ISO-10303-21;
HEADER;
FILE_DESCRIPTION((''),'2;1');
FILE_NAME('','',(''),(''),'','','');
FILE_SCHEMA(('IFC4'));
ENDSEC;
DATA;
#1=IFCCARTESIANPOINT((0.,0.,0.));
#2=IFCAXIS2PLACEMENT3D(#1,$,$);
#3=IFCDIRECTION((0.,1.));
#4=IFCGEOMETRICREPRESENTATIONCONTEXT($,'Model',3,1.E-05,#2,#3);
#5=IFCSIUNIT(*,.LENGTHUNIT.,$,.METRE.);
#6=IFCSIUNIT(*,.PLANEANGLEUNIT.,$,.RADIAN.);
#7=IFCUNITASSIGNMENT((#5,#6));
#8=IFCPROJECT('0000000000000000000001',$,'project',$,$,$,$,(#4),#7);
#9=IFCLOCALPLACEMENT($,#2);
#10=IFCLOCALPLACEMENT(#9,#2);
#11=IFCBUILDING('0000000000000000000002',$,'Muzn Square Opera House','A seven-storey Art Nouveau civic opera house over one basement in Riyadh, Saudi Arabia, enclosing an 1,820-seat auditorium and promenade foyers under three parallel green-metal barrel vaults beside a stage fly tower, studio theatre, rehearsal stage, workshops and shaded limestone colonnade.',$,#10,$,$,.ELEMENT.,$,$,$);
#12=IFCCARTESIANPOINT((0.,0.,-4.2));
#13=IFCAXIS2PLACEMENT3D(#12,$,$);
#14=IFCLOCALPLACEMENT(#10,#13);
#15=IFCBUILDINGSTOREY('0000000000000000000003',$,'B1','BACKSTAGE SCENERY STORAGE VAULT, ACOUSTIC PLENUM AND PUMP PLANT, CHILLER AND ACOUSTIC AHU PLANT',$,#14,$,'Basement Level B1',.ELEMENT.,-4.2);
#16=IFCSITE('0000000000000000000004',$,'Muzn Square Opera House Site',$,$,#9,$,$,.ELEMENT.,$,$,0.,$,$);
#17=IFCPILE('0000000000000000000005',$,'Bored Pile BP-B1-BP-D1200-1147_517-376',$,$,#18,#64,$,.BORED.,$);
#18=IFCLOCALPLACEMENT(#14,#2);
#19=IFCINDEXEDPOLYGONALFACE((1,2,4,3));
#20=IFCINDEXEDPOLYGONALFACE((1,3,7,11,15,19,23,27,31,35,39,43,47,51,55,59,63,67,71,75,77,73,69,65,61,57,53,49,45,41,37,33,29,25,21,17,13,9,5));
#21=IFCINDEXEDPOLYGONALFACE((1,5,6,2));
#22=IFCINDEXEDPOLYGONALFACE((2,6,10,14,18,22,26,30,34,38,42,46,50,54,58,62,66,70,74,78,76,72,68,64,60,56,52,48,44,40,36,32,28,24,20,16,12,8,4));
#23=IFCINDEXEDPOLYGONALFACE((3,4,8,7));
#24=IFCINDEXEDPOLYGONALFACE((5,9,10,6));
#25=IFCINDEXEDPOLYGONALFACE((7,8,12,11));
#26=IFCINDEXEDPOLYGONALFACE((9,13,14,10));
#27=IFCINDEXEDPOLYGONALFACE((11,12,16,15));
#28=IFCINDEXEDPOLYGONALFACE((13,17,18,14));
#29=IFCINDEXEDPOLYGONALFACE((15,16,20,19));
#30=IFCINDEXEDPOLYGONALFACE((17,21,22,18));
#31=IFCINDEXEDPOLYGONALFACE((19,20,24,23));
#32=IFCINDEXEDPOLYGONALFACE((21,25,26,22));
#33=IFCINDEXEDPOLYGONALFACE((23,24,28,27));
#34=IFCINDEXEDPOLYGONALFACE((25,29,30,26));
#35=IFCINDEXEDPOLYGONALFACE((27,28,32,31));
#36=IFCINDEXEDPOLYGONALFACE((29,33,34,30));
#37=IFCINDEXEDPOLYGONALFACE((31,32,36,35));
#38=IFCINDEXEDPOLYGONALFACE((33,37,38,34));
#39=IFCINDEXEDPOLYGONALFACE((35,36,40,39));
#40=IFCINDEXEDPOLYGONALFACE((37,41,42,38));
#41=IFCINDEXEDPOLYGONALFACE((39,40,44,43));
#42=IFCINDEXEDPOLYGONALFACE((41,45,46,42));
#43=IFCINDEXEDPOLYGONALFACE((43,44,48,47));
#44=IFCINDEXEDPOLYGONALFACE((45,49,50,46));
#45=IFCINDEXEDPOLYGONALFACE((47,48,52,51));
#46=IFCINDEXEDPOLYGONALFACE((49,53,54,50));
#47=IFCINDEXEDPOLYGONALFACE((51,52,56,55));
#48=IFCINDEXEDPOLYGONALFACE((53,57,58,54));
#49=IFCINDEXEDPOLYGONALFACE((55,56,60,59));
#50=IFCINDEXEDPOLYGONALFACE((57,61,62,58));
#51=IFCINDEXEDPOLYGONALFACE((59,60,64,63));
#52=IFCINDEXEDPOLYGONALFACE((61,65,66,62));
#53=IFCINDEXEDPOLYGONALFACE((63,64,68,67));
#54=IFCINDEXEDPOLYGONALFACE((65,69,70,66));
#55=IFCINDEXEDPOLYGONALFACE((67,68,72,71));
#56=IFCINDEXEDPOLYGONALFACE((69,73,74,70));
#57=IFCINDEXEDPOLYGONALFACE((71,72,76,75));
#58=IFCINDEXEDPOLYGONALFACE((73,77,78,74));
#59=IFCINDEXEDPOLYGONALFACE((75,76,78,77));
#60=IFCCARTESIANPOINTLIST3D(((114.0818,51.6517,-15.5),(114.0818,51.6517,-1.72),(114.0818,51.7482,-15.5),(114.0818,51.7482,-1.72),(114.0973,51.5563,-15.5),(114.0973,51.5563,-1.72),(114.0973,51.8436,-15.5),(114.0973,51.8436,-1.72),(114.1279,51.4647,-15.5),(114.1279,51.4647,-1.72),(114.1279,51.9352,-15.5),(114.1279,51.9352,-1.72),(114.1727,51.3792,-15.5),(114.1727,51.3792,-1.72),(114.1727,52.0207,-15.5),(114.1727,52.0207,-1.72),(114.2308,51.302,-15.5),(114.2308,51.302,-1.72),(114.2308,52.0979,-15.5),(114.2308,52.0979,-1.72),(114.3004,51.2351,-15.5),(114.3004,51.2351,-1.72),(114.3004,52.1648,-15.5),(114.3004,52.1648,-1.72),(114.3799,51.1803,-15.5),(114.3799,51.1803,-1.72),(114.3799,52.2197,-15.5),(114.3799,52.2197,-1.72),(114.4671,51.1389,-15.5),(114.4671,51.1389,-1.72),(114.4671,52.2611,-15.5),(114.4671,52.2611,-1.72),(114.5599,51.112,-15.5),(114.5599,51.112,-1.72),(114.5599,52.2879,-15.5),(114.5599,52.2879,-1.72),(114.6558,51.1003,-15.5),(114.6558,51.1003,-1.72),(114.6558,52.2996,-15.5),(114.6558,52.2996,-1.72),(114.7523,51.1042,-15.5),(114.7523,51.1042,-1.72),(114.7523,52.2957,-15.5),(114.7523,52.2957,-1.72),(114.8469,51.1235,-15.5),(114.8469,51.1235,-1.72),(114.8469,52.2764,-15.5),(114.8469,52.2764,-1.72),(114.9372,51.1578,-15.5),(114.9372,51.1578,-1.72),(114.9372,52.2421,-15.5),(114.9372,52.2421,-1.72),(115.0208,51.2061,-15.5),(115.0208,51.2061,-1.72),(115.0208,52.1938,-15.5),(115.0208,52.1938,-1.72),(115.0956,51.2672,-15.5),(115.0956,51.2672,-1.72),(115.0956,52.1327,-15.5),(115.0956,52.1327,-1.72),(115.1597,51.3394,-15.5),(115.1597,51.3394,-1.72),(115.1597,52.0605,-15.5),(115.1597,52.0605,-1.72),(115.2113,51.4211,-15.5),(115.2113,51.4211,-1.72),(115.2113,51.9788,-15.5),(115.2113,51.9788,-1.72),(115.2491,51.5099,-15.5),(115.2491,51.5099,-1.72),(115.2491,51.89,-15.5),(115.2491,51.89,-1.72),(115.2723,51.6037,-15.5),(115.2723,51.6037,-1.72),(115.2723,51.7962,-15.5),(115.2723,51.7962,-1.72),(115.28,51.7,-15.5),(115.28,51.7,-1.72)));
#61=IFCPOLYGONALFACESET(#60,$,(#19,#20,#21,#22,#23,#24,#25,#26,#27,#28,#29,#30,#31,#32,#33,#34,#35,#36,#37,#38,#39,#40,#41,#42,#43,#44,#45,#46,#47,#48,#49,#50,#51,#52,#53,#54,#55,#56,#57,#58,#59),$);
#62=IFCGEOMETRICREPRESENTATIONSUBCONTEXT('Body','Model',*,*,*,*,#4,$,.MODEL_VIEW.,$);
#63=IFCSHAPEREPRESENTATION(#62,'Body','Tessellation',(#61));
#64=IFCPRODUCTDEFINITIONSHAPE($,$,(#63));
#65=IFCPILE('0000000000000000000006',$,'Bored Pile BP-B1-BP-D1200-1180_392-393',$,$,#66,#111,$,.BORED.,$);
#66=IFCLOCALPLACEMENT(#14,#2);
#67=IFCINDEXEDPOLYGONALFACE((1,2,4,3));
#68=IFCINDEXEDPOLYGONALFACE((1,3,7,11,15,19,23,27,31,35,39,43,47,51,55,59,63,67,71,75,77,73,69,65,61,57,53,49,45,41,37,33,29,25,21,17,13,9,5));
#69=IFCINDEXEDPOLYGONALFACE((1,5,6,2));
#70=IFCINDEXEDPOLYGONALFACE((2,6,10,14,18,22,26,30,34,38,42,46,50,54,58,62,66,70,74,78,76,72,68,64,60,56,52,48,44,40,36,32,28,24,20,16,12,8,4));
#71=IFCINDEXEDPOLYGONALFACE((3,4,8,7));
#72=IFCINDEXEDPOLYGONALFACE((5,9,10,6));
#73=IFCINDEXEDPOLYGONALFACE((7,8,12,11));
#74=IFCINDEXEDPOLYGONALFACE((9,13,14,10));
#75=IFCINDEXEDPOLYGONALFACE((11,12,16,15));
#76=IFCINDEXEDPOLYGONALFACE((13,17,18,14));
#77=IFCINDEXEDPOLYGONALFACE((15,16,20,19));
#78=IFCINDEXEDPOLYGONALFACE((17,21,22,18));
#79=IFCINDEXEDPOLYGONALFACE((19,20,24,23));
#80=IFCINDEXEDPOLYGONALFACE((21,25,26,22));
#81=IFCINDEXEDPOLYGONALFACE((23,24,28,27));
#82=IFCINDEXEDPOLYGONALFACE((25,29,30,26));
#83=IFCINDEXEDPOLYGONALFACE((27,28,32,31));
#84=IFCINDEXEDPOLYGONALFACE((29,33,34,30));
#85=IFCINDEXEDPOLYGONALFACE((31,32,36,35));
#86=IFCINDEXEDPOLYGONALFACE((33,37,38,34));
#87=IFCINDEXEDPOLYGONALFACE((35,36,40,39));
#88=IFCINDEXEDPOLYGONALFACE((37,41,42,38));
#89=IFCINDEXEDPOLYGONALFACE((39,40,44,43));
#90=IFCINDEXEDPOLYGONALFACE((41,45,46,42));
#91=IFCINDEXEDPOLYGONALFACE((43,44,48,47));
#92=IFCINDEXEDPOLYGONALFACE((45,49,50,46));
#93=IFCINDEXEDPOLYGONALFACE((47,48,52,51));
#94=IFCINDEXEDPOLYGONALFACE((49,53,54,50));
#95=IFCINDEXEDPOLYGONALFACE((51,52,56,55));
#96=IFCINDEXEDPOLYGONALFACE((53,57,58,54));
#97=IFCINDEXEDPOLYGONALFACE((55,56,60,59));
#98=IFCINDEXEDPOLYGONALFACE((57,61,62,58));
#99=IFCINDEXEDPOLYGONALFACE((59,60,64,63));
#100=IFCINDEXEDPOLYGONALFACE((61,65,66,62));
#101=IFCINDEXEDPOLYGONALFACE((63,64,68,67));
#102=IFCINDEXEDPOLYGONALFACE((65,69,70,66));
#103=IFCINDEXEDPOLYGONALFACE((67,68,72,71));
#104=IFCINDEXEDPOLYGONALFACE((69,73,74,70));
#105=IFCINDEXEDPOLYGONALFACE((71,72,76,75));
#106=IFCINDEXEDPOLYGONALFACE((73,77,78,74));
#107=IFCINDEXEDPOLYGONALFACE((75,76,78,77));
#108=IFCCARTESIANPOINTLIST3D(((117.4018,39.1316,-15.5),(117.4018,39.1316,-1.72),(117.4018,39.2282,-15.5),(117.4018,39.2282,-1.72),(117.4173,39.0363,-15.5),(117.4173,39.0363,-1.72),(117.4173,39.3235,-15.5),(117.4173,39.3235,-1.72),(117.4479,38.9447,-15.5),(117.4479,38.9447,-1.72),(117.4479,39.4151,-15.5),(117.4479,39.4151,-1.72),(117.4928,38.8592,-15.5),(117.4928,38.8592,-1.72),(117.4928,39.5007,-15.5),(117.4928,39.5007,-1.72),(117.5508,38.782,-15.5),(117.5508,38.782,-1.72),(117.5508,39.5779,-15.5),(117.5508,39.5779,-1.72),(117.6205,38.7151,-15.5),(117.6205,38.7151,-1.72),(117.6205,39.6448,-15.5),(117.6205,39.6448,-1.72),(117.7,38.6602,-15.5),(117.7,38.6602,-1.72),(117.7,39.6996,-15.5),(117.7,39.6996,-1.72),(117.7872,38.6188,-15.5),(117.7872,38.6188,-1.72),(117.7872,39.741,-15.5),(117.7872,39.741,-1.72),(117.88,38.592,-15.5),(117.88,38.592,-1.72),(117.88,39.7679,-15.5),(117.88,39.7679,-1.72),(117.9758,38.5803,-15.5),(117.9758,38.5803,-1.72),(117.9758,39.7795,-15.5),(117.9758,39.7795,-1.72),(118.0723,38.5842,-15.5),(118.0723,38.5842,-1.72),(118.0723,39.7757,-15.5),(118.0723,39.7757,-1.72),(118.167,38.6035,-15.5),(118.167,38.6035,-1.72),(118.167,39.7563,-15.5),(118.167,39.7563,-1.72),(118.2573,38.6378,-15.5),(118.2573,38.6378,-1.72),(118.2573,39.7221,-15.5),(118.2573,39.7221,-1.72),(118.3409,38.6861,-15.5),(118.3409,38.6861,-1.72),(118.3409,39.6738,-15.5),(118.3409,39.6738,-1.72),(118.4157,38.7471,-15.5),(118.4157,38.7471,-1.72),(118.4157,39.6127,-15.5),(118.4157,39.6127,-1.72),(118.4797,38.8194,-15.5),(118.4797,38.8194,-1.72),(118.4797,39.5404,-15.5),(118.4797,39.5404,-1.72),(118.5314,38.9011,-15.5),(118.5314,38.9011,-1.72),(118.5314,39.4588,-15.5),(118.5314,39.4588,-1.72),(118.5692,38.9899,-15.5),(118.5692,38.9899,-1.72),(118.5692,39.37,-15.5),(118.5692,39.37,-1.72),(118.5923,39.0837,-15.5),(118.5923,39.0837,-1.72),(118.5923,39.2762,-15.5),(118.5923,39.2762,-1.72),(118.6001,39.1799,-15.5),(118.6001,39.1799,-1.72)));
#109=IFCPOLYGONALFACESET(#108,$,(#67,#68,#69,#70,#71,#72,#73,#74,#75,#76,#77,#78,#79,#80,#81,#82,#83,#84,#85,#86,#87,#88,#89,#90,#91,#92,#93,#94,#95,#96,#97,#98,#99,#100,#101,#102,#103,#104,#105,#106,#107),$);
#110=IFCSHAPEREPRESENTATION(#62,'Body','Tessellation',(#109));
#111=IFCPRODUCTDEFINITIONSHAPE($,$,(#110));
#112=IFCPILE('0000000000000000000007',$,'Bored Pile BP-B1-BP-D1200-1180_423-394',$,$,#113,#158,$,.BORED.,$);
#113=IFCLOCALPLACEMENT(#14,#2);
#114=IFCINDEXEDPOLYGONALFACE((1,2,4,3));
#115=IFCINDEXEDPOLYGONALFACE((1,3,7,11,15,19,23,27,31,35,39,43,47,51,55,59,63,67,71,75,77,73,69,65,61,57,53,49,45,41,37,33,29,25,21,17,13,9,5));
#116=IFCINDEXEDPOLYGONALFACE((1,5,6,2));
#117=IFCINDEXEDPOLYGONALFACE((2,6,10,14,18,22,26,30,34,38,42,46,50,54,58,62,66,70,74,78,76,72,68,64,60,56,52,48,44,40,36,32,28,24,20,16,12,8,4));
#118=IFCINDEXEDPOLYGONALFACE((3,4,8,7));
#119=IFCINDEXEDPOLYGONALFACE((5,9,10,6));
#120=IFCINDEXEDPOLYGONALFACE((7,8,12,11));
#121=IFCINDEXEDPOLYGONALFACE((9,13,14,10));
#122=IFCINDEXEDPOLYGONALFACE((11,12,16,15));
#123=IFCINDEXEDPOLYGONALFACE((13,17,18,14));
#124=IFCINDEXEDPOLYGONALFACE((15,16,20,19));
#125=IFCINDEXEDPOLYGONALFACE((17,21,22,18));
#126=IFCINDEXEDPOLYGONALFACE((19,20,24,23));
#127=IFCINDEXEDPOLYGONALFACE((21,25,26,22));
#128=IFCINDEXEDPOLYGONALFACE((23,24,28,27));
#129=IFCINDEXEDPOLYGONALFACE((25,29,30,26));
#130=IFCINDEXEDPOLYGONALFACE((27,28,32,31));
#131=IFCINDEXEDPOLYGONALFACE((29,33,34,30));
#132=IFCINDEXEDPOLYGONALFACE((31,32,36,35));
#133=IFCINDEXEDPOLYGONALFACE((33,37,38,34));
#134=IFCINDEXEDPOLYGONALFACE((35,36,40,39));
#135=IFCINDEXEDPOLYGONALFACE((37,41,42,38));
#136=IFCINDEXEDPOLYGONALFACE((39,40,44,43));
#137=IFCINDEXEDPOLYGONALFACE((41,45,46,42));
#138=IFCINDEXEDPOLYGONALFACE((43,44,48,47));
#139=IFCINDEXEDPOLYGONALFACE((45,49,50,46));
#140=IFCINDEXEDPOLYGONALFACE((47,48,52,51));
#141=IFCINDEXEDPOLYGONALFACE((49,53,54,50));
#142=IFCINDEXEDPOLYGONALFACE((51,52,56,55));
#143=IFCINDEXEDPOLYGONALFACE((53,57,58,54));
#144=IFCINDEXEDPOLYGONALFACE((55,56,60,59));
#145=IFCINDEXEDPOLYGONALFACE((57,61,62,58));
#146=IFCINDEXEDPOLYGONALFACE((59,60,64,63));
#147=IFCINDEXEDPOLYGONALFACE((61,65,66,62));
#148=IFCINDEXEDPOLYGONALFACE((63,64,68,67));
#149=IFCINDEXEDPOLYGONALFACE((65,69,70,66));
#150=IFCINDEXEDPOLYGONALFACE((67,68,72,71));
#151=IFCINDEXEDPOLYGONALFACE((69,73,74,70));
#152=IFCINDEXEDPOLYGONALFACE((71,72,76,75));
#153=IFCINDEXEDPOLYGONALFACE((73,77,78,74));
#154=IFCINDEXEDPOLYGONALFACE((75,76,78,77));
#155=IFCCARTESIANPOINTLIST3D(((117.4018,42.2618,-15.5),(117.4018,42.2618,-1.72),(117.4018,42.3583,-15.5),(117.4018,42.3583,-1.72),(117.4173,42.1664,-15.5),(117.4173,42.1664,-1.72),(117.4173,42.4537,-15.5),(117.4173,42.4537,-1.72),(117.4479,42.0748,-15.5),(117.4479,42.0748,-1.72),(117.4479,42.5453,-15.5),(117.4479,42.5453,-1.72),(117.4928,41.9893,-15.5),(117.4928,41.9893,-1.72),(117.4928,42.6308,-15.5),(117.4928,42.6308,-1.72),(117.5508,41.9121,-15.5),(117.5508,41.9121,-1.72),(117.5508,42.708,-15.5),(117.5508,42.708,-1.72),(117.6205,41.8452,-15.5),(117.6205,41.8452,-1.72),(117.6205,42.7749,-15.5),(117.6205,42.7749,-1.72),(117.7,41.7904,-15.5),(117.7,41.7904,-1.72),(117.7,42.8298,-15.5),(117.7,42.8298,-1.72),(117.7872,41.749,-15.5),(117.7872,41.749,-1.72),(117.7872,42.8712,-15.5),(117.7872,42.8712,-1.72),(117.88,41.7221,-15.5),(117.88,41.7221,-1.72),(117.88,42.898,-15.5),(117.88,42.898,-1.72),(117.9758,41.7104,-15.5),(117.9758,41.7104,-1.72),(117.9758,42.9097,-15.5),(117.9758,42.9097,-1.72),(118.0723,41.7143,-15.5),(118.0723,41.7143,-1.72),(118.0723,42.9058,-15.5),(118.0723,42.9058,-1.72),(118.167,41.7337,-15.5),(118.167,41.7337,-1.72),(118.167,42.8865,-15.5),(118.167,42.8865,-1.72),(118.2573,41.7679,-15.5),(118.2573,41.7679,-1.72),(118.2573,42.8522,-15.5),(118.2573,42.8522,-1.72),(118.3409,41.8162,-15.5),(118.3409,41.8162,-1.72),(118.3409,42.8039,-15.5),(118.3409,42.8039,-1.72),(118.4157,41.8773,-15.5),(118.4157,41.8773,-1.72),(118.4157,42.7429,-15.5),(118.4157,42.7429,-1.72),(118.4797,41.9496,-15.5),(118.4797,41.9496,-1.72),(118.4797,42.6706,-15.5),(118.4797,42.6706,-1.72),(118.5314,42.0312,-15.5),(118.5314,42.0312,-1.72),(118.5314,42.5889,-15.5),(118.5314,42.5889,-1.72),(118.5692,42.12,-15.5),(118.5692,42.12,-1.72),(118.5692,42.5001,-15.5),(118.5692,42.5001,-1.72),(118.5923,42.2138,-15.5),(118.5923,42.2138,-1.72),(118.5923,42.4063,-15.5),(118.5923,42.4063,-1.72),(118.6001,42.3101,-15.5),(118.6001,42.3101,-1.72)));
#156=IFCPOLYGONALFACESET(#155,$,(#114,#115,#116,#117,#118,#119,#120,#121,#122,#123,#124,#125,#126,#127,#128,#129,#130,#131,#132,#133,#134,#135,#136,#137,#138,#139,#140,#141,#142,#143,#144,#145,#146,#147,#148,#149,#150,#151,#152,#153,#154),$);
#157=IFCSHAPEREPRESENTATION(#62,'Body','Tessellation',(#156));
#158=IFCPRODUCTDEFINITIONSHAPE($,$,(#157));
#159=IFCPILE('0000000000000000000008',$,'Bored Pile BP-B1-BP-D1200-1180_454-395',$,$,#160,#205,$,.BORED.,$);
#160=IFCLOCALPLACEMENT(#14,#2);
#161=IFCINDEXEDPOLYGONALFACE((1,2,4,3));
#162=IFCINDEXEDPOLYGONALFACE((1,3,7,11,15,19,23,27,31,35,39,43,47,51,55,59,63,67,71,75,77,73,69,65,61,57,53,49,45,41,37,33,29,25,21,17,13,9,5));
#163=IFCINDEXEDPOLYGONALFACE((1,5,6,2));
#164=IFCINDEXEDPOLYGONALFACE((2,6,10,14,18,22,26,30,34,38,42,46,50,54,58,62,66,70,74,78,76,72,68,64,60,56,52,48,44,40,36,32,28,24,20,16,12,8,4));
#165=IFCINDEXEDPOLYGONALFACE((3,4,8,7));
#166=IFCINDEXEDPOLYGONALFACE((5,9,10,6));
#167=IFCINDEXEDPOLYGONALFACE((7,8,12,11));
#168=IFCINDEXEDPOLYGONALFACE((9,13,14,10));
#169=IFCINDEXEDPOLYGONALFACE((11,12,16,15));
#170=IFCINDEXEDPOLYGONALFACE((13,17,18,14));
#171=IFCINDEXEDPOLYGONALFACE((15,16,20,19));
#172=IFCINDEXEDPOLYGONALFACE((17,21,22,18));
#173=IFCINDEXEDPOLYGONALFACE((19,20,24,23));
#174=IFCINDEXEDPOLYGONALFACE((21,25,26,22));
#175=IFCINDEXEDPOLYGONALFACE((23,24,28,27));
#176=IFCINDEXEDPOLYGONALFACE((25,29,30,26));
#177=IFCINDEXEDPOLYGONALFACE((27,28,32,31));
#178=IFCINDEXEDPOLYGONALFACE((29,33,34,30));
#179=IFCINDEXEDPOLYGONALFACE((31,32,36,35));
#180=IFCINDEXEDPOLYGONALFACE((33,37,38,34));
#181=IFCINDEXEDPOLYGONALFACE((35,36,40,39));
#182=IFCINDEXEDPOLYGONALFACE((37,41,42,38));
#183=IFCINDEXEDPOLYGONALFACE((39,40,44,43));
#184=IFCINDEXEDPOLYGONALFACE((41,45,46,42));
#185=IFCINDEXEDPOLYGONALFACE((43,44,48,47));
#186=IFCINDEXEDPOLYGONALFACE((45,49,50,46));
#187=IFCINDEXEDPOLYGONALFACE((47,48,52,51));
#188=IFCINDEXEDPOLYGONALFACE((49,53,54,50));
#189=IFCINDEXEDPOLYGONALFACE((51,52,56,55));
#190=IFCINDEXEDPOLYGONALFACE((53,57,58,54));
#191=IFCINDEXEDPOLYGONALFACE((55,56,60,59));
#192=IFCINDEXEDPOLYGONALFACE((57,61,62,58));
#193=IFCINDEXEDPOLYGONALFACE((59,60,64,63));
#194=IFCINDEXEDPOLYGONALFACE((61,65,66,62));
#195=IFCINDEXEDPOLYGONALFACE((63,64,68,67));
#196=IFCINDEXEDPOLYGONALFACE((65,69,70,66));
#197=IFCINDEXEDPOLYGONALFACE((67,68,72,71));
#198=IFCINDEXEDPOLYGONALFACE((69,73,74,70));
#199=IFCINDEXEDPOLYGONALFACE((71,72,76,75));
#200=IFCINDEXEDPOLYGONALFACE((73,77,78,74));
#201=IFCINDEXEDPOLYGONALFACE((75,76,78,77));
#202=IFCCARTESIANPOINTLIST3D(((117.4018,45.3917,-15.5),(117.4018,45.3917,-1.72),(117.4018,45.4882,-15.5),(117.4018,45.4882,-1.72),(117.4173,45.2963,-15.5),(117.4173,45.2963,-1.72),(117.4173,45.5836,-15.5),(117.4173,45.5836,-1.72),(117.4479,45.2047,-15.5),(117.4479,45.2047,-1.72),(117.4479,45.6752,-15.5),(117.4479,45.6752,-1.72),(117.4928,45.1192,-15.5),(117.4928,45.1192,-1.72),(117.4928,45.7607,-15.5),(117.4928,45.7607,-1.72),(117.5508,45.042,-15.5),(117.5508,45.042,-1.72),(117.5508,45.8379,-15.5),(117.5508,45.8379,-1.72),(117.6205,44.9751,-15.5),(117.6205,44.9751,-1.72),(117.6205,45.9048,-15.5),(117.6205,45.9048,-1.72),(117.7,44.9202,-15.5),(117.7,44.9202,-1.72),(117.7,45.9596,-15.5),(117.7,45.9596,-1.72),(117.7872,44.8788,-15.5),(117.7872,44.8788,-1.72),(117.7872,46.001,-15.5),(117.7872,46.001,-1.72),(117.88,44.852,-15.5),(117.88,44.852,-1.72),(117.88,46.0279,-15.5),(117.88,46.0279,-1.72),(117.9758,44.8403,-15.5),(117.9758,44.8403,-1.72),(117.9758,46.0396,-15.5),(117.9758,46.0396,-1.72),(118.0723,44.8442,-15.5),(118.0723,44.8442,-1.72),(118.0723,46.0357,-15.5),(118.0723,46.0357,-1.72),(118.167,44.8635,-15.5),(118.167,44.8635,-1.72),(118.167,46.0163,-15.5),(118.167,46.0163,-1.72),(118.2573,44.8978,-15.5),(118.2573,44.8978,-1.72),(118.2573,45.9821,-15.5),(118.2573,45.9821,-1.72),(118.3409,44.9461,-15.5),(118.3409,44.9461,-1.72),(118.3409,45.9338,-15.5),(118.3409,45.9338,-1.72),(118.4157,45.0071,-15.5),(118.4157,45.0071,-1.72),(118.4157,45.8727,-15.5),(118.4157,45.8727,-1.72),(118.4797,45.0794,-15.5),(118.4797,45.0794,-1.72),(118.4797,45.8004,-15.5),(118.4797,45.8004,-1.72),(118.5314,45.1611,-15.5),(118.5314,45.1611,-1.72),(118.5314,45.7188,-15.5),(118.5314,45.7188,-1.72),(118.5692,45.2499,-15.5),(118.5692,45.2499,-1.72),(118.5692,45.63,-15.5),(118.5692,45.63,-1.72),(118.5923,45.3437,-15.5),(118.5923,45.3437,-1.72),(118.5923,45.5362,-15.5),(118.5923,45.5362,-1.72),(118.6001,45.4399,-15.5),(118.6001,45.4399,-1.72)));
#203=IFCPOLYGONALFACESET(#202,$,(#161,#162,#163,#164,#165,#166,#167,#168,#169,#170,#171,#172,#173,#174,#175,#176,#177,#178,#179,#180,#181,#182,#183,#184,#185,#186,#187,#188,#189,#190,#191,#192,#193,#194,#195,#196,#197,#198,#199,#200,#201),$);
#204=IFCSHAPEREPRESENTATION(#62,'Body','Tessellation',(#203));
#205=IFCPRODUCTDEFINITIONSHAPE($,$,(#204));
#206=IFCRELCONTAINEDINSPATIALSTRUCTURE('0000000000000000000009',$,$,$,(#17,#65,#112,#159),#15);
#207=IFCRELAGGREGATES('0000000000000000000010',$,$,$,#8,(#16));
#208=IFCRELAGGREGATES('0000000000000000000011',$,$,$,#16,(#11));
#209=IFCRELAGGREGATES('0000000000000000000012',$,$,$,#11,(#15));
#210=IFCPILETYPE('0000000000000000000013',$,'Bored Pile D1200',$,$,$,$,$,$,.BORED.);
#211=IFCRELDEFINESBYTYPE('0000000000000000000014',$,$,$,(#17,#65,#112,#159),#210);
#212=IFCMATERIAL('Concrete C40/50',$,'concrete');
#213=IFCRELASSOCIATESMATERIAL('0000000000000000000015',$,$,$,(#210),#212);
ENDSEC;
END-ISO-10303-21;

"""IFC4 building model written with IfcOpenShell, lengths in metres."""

from ifc_helpers import new_model, si_unit, direction, frame, origin, origin_2d, place, context, subcontext, project, spatial, circle, extrude, material, material_profile, profile_set, type_object, element, save


model = new_model("IFC4")

# Units and contexts
model_context = context("Model", 3, precision=1e-05, world=origin(), true_north=direction((0.0, 1.0)))
body_context = subcontext(model_context, "Body", "Model", "MODEL_VIEW")
ifc_project = project(units=[si_unit("LENGTHUNIT", "METRE"), si_unit("PLANEANGLEUNIT", "RADIAN")], contexts=[model_context])

# Site, building, storey
site_placement = place(None, origin())
site = spatial("IfcSite", under=ifc_project, at=site_placement, Name="Muzn Square Opera House Site", CompositionType="ELEMENT", RefElevation=0.0)
building_placement = place(site_placement, origin())
building = spatial("IfcBuilding", under=site, at=building_placement, Name="Muzn Square Opera House", Description="A seven-storey Art Nouveau civic opera house over one basement in Riyadh, Saudi Arabia, enclosing an 1,820-seat auditorium and promenade foyers under three parallel green-metal barrel vaults beside a stage fly tower, studio theatre, rehearsal stage, workshops and shaded limestone colonnade.", CompositionType="ELEMENT")
storey_placement = place(building_placement, frame((0.0, 0.0, -4.2)))
storey = spatial("IfcBuildingStorey", under=building, at=storey_placement, Name="B1", Description="BACKSTAGE SCENERY STORAGE VAULT, ACOUSTIC PLENUM AND PUMP PLANT, CHILLER AND ACOUSTIC AHU PLANT", LongName="Basement Level B1", CompositionType="ELEMENT", Elevation=-4.2)

# Piles
ifc_material_1 = material(Name="Concrete C40/50", Category="concrete")
ifc_material_profile = material_profile(ifc_material_1, circle(Radius=0.6001, at=origin_2d()), Name="BORED PILE D1200", Category="concrete")
ifc_profile_set = profile_set([ifc_material_profile], Name="Concrete C40/50")
pile_type = type_object("IfcPileType", Name="Bored Pile D1200", PredefinedType="BORED", material=ifc_profile_set)
for number, where, z_axis, x_axis, name in (
    (1, (114.6799, 51.7, -1.72), (0.0, 0.0, -1.0), (1.0, 0.0, 0.0), "Bored Pile BP-B1-BP-D1200-1147_517-376"),
    (2, (118.0, 39.1799, -1.72), (0.0, 0.0, -1.0), (1.0, 0.0, 0.0), "Bored Pile BP-B1-BP-D1200-1180_392-393"),
    (3, (118.0, 42.3101, -1.72), (0.0, 0.0, -1.0), (1.0, 0.0, 0.0), "Bored Pile BP-B1-BP-D1200-1180_423-394"),
    (4, (118.0, 45.4399, -1.72), (0.0, 0.0, -1.0), (1.0, 0.0, 0.0), "Bored Pile BP-B1-BP-D1200-1180_454-395"),
):
    element("IfcPile", number, at=place(storey_placement, frame(where, z_axis=z_axis, x_axis=x_axis)), inside=storey, type_object=pile_type, Name=name, PredefinedType="BORED", context=body_context, shape_type="SweptSolid", body=[
        extrude(circle(Radius=0.6001, at=origin_2d()), origin(), (0.0, 0.0, 1.0), 13.78),
    ])

save(model, "model.ifc")
